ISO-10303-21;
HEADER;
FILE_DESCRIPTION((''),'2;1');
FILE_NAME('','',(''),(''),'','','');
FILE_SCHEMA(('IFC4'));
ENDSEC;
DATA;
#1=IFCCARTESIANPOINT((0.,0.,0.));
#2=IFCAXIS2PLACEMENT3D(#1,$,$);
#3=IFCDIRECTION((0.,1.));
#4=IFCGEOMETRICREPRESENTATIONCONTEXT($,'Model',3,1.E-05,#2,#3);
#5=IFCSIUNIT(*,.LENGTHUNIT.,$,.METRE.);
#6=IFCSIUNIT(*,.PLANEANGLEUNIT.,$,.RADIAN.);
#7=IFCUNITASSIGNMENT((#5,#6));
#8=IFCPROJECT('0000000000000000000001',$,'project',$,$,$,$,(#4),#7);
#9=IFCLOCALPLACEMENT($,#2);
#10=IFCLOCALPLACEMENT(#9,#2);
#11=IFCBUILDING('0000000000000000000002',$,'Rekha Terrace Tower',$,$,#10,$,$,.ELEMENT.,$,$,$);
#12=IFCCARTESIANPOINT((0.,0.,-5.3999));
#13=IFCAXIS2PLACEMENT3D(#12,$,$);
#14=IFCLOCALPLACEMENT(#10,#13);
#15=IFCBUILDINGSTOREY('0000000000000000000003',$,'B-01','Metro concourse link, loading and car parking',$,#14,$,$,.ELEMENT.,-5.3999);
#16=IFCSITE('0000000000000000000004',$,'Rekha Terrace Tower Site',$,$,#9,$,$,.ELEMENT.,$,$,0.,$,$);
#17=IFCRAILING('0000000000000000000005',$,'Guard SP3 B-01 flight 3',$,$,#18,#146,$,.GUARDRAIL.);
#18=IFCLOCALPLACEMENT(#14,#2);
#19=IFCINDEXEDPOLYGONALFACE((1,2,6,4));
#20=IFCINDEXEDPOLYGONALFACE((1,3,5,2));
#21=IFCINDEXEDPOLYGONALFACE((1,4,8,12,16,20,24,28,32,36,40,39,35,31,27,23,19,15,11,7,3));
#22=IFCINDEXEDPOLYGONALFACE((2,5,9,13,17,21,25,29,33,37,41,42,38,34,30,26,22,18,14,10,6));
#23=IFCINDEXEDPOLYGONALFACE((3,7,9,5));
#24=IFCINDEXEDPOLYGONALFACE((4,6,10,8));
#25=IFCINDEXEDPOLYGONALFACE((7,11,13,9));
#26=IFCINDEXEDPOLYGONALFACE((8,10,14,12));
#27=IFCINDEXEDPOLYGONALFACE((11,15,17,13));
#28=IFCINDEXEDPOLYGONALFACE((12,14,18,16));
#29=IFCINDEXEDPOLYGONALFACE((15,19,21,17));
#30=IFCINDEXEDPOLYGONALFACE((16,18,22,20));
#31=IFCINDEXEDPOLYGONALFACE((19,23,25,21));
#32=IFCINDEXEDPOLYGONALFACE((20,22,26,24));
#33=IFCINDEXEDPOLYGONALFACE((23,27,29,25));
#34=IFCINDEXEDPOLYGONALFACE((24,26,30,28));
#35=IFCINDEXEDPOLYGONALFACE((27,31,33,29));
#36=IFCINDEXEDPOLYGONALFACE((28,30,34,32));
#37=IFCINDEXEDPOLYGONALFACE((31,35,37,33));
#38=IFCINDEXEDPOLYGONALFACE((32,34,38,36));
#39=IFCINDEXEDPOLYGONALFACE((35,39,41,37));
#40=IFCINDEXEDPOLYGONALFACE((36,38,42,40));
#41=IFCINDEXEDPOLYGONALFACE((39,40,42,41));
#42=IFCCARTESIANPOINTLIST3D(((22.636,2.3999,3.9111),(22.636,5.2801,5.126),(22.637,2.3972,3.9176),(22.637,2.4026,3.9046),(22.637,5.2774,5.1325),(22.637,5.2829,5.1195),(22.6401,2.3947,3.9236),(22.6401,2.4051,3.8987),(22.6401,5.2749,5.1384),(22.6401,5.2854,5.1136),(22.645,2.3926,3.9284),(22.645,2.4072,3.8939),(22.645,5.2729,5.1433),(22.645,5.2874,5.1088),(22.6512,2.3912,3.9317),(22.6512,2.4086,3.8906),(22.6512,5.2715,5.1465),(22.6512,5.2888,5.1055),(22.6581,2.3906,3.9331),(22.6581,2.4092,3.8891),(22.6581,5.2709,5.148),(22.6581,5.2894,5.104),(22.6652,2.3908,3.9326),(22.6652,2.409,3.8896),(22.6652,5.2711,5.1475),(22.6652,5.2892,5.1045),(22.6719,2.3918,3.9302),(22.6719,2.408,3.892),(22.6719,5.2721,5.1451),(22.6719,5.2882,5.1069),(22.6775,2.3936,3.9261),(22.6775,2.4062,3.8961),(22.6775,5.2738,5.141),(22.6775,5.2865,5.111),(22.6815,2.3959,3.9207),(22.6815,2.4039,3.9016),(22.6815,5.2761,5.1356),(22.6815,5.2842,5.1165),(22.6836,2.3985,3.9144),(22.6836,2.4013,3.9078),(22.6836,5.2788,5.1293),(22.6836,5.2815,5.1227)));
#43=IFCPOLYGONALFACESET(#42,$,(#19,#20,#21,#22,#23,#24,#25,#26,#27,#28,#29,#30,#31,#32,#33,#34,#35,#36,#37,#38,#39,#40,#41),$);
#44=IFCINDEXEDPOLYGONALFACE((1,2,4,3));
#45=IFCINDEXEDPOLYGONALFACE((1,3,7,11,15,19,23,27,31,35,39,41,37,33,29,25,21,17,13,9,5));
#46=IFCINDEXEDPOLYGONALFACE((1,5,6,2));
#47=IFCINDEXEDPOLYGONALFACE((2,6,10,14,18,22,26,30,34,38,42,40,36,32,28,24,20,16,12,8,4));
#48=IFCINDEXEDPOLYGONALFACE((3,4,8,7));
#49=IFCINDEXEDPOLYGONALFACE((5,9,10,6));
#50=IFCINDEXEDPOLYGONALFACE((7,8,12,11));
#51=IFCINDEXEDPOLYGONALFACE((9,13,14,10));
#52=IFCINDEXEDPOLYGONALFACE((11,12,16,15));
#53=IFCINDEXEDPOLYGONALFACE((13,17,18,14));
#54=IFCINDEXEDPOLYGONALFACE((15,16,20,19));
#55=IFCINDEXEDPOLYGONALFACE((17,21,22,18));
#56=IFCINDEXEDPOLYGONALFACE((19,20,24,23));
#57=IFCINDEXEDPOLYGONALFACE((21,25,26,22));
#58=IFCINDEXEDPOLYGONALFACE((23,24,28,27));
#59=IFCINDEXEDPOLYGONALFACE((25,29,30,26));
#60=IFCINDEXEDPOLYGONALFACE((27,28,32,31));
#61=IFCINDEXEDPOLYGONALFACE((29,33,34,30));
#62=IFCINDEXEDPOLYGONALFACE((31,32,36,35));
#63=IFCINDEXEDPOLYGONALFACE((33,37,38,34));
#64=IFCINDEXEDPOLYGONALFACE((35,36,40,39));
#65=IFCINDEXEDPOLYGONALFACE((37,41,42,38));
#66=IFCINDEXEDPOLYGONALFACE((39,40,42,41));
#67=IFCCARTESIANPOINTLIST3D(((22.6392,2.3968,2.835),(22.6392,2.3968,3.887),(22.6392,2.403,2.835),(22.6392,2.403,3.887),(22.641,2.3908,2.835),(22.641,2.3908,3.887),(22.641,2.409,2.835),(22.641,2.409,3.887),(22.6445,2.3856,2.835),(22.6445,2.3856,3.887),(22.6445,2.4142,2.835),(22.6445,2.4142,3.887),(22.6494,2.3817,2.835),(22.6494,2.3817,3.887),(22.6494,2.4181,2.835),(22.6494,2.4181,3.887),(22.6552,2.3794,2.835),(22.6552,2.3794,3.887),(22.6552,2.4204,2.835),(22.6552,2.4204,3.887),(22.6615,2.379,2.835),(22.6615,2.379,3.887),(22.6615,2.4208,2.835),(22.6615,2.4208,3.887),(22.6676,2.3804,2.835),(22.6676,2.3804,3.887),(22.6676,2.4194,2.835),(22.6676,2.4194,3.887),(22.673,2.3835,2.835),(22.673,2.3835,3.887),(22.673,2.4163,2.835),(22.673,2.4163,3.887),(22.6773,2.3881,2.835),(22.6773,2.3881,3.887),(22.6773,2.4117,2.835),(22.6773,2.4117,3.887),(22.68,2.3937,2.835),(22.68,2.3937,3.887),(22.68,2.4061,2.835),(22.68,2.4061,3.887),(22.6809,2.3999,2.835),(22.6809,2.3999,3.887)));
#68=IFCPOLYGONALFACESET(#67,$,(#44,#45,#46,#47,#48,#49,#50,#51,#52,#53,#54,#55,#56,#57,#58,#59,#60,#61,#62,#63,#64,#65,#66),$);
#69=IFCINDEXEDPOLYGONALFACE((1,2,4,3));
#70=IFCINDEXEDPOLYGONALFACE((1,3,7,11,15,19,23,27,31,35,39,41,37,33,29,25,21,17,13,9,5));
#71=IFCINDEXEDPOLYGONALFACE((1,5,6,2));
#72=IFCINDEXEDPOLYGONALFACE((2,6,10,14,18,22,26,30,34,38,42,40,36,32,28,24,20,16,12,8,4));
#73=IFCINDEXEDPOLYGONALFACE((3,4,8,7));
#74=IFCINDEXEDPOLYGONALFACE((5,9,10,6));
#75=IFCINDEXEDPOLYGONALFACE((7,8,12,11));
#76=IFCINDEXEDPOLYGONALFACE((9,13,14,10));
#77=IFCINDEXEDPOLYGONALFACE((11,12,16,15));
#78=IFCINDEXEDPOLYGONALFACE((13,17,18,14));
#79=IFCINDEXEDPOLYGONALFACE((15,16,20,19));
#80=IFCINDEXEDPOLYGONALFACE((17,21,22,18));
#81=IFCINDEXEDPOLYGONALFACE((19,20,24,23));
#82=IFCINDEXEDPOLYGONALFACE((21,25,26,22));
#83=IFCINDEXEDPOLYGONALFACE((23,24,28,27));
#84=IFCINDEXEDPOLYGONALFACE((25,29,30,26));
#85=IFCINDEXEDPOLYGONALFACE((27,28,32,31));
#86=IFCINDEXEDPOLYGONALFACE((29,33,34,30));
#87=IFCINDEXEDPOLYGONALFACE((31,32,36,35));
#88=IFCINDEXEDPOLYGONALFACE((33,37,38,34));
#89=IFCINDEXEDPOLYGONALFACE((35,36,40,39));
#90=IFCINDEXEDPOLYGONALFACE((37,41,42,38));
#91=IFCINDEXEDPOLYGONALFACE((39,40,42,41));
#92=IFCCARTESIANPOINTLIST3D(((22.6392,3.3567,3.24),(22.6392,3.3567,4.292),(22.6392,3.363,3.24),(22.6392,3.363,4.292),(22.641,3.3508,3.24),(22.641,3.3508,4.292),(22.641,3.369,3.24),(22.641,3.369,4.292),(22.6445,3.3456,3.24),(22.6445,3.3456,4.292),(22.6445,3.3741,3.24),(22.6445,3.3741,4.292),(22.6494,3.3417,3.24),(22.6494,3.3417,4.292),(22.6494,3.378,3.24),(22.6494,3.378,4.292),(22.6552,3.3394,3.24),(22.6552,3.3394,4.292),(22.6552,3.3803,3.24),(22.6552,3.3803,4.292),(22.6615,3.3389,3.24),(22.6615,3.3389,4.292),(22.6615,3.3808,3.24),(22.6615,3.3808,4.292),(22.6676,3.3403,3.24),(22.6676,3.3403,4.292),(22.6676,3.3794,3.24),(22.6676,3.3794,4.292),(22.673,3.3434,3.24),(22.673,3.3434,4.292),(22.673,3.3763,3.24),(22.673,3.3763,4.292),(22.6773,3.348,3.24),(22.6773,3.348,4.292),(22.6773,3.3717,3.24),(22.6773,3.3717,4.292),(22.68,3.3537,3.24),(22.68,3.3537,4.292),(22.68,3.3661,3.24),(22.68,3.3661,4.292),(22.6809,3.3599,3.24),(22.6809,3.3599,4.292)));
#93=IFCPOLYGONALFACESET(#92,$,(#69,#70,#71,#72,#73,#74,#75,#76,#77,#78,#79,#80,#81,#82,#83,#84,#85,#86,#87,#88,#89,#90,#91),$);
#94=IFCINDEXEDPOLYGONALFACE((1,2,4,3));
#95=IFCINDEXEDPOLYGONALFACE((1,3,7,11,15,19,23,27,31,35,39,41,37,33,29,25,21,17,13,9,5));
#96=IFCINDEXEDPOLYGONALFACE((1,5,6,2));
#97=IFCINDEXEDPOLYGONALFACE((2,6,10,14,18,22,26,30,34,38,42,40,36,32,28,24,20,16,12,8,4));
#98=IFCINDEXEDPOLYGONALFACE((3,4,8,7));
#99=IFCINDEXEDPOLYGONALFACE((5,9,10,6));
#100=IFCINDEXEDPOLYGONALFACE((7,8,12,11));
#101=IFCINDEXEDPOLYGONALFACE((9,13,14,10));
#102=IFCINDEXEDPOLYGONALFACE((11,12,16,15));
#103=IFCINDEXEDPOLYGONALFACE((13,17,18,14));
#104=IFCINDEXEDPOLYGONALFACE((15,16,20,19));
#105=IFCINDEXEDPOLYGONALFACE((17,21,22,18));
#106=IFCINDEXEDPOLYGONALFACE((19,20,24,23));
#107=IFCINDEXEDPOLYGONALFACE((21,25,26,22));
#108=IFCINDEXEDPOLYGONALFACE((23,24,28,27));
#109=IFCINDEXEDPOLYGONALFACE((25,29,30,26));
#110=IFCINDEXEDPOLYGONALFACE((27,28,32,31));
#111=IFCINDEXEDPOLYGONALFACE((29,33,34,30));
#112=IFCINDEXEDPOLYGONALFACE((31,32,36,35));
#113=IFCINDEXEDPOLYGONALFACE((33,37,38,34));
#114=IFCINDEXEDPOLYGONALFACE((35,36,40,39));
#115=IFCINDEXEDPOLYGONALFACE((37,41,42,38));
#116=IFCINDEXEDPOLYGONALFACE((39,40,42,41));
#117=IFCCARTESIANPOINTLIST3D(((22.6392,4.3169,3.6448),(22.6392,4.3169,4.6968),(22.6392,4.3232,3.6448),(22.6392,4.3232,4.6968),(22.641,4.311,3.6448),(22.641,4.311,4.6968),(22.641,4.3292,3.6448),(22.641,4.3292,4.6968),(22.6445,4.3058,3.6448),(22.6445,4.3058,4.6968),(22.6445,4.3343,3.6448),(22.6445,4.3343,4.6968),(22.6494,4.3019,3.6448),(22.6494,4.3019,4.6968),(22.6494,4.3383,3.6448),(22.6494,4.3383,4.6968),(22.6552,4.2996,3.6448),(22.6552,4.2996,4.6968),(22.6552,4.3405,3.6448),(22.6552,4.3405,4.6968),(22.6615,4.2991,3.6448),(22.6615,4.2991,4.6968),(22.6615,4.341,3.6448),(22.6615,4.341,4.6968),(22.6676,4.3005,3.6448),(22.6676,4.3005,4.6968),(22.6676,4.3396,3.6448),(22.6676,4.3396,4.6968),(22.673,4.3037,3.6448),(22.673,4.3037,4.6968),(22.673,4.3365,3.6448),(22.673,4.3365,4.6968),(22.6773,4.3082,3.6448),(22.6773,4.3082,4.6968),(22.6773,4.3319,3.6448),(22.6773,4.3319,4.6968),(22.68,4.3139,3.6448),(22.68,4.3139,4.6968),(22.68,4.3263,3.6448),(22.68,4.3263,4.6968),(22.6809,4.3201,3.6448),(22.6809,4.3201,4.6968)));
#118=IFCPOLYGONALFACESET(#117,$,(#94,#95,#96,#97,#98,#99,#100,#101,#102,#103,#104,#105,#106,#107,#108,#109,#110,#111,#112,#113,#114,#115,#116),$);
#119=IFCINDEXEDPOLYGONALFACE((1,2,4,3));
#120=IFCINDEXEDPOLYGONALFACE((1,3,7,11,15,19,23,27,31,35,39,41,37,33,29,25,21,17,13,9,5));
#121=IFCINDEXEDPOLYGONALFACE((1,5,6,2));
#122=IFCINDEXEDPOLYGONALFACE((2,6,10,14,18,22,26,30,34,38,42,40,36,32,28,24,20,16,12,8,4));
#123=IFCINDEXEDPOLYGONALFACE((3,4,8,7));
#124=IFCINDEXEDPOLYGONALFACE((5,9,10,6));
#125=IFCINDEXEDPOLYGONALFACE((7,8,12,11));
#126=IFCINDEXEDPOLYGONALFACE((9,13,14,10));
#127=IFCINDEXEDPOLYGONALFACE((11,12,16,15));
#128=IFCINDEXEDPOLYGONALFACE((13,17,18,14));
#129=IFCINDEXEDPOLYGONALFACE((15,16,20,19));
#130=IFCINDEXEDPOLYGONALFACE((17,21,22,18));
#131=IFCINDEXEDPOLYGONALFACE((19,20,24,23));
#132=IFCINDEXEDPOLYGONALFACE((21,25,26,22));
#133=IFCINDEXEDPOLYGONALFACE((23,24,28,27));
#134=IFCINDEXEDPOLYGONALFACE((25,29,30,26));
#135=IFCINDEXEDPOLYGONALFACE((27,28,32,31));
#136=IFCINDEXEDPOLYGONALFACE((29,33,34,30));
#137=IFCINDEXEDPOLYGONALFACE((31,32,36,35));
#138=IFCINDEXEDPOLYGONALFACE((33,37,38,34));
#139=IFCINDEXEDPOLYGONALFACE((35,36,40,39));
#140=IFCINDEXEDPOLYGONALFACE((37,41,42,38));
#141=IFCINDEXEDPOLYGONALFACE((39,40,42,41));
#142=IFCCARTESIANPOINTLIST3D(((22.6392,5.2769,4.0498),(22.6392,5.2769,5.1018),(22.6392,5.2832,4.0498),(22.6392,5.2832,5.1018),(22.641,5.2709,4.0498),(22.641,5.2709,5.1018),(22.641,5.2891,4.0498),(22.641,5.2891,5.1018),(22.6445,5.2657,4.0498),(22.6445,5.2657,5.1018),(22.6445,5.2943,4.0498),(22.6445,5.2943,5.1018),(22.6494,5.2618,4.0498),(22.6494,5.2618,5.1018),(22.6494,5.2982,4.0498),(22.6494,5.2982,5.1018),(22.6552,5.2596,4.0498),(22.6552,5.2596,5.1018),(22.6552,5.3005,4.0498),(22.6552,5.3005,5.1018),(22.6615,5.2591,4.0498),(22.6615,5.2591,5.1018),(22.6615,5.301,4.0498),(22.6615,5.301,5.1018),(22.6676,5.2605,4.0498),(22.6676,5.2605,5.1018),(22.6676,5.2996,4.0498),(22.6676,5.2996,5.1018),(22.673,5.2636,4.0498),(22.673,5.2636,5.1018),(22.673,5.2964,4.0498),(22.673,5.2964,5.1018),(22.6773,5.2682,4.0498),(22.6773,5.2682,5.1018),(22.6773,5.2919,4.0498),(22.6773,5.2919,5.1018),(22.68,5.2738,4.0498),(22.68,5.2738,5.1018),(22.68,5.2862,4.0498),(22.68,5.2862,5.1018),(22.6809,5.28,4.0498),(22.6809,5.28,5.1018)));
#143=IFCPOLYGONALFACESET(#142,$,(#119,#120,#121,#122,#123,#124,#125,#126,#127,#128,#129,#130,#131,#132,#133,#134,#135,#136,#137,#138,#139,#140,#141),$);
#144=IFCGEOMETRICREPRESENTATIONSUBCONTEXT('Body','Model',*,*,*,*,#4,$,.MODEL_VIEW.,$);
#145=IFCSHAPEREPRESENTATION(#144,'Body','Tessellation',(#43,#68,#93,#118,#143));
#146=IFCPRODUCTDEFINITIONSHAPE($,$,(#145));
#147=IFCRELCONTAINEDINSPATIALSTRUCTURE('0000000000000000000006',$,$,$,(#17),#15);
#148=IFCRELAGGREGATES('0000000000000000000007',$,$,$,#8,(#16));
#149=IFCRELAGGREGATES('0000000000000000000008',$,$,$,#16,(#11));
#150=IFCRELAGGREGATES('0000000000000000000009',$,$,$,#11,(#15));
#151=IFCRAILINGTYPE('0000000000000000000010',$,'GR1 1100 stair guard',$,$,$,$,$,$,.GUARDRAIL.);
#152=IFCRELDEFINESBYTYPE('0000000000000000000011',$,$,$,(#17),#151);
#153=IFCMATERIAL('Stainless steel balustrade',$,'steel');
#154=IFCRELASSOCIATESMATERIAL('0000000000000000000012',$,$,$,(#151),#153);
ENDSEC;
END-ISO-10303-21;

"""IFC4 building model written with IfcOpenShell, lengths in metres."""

from ifc_helpers import new_model, si_unit, direction, frame, origin, origin_2d, place, context, subcontext, project, spatial, circle, extrude, material, type_object, element, save


model = new_model("IFC4")

# Units and contexts
model_context = context("Model", 3, precision=1e-05, world=origin(), true_north=direction((0.0, 1.0)))
body_context = subcontext(model_context, "Body", "Model", "MODEL_VIEW")
ifc_project = project(units=[si_unit("LENGTHUNIT", "METRE"), si_unit("PLANEANGLEUNIT", "RADIAN")], contexts=[model_context])

# Site, building, storey
site_placement = place(None, origin())
site = spatial("IfcSite", under=ifc_project, at=site_placement, Name="Rekha Terrace Tower Site", CompositionType="ELEMENT", RefElevation=0.0)
building_placement = place(site_placement, origin())
building = spatial("IfcBuilding", under=site, at=building_placement, Name="Rekha Terrace Tower", CompositionType="ELEMENT")
storey_placement = place(building_placement, frame((0.0, 0.0, -5.3999)))
storey = spatial("IfcBuildingStorey", under=building, at=storey_placement, Name="B-01", Description="Metro concourse link, loading and car parking", CompositionType="ELEMENT", Elevation=-5.3999)

# Railing
ifc_material_1 = material(Name="Stainless steel balustrade", Category="steel")
railing_type_1 = type_object("IfcRailingType", Name="GR1 1100 stair guard", PredefinedType="GUARDRAIL", material=ifc_material_1)
railing_1_placement = place(storey_placement, frame((22.6599, 2.3999, 2.835)))
element("IfcRailing", 1, at=railing_1_placement, inside=storey, type_object=railing_type_1, Name="Guard SP3 B-01 flight 3", PredefinedType="GUARDRAIL", context=body_context, shape_type="SweptSolid", body=[
    extrude(circle(Radius=0.0239, at=origin_2d()), frame((0.0, 0.0, 1.0762), z_axis=(0.0, 0.921388, 0.388644), x_axis=(-1.0, 0.0, 0.0)), (0.0, 0.0, 1.0), 3.126),
    extrude(circle(Radius=0.021, at=origin_2d()), origin(), (0.0, 0.0, 1.0), 1.052),
    extrude(circle(Radius=0.021, at=origin_2d()), frame((0.0, 0.96, 0.405)), (0.0, 0.0, 1.0), 1.052),
    extrude(circle(Radius=0.021, at=origin_2d()), frame((0.0, 1.9202, 0.8098)), (0.0, 0.0, 1.0), 1.052),
    extrude(circle(Radius=0.021, at=origin_2d()), frame((0.0, 2.8801, 1.2148)), (0.0, 0.0, 1.0), 1.052),
])

save(model, "model.ifc")
